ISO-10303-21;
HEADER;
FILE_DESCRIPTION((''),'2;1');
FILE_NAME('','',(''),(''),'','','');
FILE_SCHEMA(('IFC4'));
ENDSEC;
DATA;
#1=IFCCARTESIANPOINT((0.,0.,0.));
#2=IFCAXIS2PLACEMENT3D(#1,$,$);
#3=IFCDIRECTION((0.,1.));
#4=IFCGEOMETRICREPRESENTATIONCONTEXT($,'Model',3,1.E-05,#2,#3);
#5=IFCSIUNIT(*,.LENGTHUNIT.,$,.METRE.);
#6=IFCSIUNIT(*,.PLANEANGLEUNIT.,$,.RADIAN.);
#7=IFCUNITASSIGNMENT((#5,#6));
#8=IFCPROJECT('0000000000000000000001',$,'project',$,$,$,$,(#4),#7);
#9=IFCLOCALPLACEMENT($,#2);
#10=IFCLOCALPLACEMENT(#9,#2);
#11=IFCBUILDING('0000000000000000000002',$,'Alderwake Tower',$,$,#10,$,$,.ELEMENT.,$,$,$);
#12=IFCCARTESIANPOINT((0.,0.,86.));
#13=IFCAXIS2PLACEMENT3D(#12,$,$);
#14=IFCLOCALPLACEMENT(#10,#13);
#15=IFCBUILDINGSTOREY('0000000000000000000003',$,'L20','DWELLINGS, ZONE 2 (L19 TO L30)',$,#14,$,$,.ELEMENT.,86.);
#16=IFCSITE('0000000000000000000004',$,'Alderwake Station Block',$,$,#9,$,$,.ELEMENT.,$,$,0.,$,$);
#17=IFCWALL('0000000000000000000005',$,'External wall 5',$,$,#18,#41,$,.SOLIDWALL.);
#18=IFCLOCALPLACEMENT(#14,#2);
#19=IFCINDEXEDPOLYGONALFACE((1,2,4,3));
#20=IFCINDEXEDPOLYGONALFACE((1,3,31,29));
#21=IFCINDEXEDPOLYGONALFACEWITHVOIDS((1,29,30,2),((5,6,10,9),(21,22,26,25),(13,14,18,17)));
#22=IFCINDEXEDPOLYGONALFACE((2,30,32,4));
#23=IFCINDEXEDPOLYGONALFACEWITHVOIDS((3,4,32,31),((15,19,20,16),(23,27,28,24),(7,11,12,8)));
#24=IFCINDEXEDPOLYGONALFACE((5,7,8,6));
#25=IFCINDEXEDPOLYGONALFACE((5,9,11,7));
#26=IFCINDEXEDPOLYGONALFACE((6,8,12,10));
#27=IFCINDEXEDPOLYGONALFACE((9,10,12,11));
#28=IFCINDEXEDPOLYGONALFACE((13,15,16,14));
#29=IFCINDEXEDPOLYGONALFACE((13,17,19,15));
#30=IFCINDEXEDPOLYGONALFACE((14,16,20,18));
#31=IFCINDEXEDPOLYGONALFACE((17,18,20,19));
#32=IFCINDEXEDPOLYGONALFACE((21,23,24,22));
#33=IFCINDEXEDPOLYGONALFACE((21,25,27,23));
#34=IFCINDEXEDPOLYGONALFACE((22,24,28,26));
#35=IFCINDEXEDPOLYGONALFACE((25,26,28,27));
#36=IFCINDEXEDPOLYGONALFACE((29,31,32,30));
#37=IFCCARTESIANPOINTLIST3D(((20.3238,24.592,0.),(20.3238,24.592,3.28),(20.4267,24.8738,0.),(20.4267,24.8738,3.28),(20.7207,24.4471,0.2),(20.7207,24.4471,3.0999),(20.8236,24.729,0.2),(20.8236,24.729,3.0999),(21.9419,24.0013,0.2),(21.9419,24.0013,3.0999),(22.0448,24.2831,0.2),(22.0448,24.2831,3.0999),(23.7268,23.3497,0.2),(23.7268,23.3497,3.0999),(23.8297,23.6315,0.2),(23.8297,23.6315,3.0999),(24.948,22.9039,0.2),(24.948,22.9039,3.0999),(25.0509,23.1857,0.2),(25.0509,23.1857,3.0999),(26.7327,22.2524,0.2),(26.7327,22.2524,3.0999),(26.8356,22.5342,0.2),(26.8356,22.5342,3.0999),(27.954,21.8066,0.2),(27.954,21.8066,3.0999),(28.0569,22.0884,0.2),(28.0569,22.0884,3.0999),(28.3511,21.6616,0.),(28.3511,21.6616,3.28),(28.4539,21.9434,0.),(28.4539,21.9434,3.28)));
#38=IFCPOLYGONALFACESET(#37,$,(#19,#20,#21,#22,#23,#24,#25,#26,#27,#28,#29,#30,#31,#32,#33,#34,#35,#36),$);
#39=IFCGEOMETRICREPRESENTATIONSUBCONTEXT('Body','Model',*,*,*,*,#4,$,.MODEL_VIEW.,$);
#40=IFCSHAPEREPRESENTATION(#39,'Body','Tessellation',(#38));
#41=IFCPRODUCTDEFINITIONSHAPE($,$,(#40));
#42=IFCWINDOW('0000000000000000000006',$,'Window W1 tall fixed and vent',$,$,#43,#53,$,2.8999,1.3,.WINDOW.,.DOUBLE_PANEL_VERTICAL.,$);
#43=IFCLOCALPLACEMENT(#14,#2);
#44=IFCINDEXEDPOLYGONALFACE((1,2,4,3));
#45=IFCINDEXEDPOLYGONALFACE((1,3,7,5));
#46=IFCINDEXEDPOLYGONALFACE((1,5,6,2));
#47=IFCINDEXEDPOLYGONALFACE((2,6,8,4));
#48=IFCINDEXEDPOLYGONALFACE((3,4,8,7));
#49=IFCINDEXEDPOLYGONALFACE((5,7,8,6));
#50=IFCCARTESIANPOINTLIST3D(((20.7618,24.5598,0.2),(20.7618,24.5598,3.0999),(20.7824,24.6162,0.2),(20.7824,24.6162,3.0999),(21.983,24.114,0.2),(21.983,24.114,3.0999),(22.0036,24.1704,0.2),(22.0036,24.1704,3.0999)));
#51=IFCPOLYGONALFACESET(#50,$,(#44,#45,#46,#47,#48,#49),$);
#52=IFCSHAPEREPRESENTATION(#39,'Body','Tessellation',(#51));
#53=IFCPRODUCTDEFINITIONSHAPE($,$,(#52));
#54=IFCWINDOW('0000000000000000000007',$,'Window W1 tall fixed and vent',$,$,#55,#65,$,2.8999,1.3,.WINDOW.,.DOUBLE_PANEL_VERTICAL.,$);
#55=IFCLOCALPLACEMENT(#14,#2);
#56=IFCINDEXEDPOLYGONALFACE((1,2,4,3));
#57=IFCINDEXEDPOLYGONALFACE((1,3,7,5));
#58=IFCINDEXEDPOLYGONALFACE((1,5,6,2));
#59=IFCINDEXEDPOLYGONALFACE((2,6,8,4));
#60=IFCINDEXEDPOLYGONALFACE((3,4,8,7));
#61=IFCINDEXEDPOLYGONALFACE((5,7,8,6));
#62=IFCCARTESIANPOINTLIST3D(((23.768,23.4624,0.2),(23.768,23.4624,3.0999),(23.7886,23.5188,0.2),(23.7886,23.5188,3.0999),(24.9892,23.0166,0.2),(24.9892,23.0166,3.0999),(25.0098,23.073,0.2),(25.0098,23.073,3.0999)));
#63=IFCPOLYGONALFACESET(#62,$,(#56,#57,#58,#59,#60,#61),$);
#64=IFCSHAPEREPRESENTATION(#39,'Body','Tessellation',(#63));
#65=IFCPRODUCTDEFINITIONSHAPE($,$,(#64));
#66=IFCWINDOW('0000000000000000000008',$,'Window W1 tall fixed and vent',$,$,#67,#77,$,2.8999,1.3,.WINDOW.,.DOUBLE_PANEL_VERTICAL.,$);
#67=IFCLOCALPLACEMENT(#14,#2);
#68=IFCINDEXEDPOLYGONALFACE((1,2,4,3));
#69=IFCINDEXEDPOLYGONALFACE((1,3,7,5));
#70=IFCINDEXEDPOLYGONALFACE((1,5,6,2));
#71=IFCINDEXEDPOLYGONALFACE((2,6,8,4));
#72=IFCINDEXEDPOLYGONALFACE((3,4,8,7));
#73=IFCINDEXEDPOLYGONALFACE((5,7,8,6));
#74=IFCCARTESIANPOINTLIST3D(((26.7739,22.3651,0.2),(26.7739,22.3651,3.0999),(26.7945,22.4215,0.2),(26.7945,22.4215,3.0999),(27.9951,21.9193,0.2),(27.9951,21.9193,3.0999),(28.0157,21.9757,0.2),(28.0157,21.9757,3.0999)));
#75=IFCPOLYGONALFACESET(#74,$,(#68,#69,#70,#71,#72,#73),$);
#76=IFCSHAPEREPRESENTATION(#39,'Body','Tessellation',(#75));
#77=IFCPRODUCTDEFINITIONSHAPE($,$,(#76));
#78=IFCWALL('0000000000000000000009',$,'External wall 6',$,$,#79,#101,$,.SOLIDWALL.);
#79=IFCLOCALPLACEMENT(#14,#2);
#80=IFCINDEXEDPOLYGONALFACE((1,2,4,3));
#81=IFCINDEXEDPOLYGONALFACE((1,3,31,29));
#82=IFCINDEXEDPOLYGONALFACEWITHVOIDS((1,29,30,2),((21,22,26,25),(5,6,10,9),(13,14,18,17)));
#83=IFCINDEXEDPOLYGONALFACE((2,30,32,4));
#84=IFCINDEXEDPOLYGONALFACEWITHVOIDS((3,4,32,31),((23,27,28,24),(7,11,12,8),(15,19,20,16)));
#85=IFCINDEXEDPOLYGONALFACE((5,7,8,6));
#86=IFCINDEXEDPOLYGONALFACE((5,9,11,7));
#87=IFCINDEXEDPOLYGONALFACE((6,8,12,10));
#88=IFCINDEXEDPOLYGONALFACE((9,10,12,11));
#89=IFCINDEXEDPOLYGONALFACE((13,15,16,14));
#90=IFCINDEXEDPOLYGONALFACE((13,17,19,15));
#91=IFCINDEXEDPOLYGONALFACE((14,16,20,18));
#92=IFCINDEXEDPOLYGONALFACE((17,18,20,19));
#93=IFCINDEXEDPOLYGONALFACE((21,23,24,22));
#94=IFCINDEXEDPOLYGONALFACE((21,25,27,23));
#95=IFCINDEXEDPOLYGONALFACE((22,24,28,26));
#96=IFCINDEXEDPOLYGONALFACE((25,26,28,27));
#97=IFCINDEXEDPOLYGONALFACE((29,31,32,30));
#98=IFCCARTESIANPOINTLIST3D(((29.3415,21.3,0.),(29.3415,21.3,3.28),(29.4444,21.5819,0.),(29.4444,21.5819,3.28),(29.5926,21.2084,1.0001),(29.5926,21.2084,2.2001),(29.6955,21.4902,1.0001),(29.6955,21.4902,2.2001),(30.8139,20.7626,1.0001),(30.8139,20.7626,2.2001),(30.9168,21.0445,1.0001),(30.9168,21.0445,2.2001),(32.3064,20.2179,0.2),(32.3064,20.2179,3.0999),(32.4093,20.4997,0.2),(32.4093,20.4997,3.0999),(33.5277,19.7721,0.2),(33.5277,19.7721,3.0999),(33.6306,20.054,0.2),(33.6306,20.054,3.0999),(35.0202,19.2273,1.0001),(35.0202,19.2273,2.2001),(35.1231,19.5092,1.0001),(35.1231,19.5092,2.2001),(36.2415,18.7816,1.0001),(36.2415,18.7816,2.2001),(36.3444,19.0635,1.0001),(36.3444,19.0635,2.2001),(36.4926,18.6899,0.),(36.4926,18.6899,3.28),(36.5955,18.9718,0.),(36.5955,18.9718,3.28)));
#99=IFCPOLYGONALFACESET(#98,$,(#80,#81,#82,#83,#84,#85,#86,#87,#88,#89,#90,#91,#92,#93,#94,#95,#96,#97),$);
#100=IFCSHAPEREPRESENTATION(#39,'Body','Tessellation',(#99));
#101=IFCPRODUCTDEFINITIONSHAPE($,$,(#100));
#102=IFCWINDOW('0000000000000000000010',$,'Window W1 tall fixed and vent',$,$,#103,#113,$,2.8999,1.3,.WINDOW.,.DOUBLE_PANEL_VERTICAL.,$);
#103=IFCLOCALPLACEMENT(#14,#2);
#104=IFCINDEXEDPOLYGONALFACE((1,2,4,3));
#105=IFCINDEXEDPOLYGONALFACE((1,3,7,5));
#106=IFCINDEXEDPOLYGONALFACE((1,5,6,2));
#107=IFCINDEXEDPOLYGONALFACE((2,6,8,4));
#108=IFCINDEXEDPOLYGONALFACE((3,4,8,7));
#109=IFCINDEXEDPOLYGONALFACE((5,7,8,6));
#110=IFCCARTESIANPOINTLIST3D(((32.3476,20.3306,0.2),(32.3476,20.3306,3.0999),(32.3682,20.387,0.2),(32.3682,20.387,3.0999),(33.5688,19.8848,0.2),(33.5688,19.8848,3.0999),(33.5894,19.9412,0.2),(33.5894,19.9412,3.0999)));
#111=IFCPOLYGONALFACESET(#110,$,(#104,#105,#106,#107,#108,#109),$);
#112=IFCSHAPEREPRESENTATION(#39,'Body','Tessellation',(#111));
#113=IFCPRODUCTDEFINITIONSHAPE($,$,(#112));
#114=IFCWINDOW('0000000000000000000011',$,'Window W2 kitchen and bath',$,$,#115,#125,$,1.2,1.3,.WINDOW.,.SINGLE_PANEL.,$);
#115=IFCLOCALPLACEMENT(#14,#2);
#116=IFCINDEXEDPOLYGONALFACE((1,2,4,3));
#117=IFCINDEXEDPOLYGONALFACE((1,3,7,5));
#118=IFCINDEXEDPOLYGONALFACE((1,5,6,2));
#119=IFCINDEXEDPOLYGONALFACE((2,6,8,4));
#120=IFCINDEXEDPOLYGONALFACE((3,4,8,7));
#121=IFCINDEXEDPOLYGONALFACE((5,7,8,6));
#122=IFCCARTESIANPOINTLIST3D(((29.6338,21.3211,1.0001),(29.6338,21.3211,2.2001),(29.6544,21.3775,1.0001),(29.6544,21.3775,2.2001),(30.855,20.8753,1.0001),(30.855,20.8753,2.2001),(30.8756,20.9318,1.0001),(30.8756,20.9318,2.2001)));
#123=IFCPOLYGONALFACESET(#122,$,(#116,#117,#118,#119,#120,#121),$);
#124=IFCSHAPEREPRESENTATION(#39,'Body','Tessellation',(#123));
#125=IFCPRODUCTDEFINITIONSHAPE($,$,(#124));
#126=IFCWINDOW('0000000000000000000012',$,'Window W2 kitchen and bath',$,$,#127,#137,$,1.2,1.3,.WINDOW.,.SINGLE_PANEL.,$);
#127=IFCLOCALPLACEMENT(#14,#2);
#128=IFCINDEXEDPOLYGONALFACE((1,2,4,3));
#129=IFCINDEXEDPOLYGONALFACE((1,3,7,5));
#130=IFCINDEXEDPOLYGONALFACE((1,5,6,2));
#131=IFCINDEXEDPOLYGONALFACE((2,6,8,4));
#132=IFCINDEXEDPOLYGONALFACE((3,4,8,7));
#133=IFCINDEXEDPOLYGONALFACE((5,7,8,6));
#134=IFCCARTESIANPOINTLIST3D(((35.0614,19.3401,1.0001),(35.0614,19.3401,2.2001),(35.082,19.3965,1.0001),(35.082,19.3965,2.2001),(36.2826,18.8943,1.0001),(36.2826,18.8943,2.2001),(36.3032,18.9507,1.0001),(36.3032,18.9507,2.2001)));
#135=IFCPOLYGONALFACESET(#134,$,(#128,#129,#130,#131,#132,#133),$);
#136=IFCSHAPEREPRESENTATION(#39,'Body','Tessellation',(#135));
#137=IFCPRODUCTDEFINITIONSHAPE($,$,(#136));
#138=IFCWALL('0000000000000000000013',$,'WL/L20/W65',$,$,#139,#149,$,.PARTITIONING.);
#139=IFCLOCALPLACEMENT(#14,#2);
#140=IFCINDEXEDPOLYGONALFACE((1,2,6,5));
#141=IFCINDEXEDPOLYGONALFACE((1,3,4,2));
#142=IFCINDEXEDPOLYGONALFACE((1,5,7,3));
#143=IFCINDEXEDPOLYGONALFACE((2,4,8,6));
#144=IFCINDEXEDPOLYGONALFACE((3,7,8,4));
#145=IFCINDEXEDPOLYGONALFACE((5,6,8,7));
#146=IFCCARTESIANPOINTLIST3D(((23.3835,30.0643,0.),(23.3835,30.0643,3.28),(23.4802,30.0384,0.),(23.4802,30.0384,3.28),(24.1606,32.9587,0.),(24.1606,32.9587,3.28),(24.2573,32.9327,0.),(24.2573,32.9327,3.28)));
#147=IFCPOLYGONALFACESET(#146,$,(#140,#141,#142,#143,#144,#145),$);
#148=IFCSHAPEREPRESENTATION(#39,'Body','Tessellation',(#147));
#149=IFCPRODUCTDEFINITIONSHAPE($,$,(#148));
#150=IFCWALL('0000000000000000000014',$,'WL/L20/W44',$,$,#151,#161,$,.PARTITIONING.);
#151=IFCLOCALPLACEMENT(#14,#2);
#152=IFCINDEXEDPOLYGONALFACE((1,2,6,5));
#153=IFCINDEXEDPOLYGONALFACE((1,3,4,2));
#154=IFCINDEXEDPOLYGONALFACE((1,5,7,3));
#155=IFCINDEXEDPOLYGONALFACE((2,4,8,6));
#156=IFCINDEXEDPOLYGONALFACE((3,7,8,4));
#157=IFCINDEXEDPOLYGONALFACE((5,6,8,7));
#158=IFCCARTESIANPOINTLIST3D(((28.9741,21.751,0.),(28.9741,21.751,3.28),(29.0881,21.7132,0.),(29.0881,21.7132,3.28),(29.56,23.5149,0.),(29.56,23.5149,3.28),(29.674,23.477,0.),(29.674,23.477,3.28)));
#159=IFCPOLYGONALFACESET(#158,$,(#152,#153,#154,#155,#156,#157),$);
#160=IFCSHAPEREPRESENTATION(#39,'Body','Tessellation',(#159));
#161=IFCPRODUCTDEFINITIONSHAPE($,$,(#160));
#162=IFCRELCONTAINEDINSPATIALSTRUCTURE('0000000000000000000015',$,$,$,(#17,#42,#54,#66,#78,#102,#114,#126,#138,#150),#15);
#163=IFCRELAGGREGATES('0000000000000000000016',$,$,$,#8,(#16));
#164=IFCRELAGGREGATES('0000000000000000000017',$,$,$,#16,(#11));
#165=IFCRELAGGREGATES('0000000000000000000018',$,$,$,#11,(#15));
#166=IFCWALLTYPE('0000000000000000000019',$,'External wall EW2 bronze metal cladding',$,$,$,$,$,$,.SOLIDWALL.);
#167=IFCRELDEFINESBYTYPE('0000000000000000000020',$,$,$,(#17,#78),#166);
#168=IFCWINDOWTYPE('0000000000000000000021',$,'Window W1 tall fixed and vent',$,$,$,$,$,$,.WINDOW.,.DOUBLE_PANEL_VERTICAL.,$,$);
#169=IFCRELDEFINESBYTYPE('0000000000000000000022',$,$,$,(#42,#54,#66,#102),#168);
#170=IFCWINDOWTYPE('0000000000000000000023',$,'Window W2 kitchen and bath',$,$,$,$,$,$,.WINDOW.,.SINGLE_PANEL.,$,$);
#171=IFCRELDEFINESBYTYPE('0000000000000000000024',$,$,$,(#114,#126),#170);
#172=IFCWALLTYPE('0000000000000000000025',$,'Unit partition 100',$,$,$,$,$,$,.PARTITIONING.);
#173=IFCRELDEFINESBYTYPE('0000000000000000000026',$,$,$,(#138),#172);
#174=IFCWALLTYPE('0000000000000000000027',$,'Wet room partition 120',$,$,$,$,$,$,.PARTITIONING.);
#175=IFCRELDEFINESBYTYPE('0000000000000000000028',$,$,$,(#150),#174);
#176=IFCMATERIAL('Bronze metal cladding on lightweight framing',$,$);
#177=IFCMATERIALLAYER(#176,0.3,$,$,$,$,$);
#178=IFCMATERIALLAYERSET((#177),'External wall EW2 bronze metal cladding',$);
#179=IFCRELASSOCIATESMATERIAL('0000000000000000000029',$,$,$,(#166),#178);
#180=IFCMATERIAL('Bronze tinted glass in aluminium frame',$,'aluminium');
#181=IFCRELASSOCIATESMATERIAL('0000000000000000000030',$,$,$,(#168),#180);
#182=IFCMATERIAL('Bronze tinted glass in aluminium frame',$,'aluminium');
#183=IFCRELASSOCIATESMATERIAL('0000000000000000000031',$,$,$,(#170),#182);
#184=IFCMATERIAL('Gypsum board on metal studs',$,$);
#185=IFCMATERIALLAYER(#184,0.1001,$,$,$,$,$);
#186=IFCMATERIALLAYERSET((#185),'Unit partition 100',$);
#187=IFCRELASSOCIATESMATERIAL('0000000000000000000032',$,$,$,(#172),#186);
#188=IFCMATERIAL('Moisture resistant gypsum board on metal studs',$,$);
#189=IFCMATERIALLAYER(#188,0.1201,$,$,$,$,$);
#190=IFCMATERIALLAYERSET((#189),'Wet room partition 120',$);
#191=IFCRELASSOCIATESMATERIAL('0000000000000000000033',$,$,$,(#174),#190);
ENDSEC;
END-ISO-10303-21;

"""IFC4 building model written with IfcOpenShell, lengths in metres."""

from ifc_helpers import new_model, si_unit, direction, frame, frame_2d, origin, place, context, subcontext, project, spatial, rectangle, extrude, material, layer, layer_set, type_object, element, fill, save


model = new_model("IFC4")

# Units and contexts
model_context = context("Model", 3, precision=1e-05, world=origin(), true_north=direction((0.0, 1.0)))
body_context = subcontext(model_context, "Body", "Model", "MODEL_VIEW")
ifc_project = project(units=[si_unit("LENGTHUNIT", "METRE"), si_unit("PLANEANGLEUNIT", "RADIAN")], contexts=[model_context])

# Site, building, storey
site_placement = place(None, origin())
site = spatial("IfcSite", under=ifc_project, at=site_placement, Name="Alderwake Station Block", CompositionType="ELEMENT", RefElevation=0.0)
building_placement = place(site_placement, origin())
building = spatial("IfcBuilding", under=site, at=building_placement, Name="Alderwake Tower", CompositionType="ELEMENT")
storey_placement = place(building_placement, frame((0.0, 0.0, 86.0)))
storey = spatial("IfcBuildingStorey", under=building, at=storey_placement, Name="L20", Description="DWELLINGS, ZONE 2 (L19 TO L30)", CompositionType="ELEMENT", Elevation=86.0)

# Shared definitions
ifc_material_1 = material(Name="Bronze metal cladding on lightweight framing")
ifc_layer_1 = layer(ifc_material_1, 0.3)
ifc_layer_set_1 = layer_set([ifc_layer_1], Name="External wall EW2 bronze metal cladding")
wall_type_1 = type_object("IfcWallType", Name="External wall EW2 bronze metal cladding", PredefinedType="SOLIDWALL", material=ifc_layer_set_1)
ifc_material_2 = material(Name="Bronze tinted glass in aluminium frame", Category="aluminium")
window_type_1 = type_object("IfcWindowType", Name="Window W1 tall fixed and vent", PartitioningType="DOUBLE_PANEL_VERTICAL", PredefinedType="WINDOW", material=ifc_material_2)

# Walls, openings, windows
wall_1_placement = place(storey_placement, frame((20.3752, 24.7329, 0.0), z_axis=(0.0, 0.0, 1.0), x_axis=(0.939365, -0.34292, 0.0)))
wall_1 = element("IfcWall", 1, at=wall_1_placement, inside=storey, type_object=wall_type_1, Name="External wall 5", PredefinedType="SOLIDWALL", context=body_context, shape_type="SweptSolid", body=[
    extrude(rectangle(XDim=8.5454, YDim=0.3, at=frame_2d((4.2727, 0.0))), origin(), (0.0, 0.0, 1.0), 3.28),
])
opening_1_placement = place(wall_1_placement, frame((0.4226, 0.0, 0.2)))
opening_1 = element("IfcOpeningElement", 2, at=opening_1_placement, cuts=wall_1, PredefinedType="OPENING", context=body_context, shape_type="SweptSolid", body=[
    extrude(rectangle(XDim=1.3, YDim=2.8999, at=frame_2d((0.6499, 1.45))), frame((0.0, 0.1599, 0.0), z_axis=(0.0, -1.0, 0.0), x_axis=(1.0, 0.0, 0.0)), (0.0, 0.0, 1.0), 0.3201),
])
opening_2_placement = place(wall_1_placement, frame((3.6228, 0.0, 0.2)))
opening_2 = element("IfcOpeningElement", 3, at=opening_2_placement, cuts=wall_1, PredefinedType="OPENING", context=body_context, shape_type="SweptSolid", body=[
    extrude(rectangle(XDim=1.3, YDim=2.8999, at=frame_2d((0.6499, 1.45))), frame((0.0, 0.1599, 0.0), z_axis=(0.0, -1.0, 0.0), x_axis=(1.0, 0.0, 0.0)), (0.0, 0.0, 1.0), 0.3201),
])
opening_3_placement = place(wall_1_placement, frame((6.8228, 0.0, 0.2)))
opening_3 = element("IfcOpeningElement", 4, at=opening_3_placement, cuts=wall_1, PredefinedType="OPENING", context=body_context, shape_type="SweptSolid", body=[
    extrude(rectangle(XDim=1.3, YDim=2.8999, at=frame_2d((0.6499, 1.45))), frame((0.0, 0.1599, 0.0), z_axis=(0.0, -1.0, 0.0), x_axis=(1.0, 0.0, 0.0)), (0.0, 0.0, 1.0), 0.3201),
])
window_1_placement = place(opening_1_placement, origin())
window_1 = element("IfcWindow", 5, at=window_1_placement, inside=storey, type_object=window_type_1, Name="Window W1 tall fixed and vent", OverallHeight=2.8999, OverallWidth=1.3, PartitioningType="DOUBLE_PANEL_VERTICAL", PredefinedType="WINDOW", context=body_context, shape_type="SweptSolid", body=[
    extrude(rectangle(XDim=1.3, YDim=2.8999, at=frame_2d((0.6499, 1.45))), frame((0.0, 0.03, 0.0), z_axis=(0.0, -1.0, 0.0), x_axis=(1.0, 0.0, 0.0)), (0.0, 0.0, 1.0), 0.0601),
])
fill(opening_1, window_1)
window_2_placement = place(opening_2_placement, origin())
window_2 = element("IfcWindow", 6, at=window_2_placement, inside=storey, type_object=window_type_1, Name="Window W1 tall fixed and vent", OverallHeight=2.8999, OverallWidth=1.3, PartitioningType="DOUBLE_PANEL_VERTICAL", PredefinedType="WINDOW", context=body_context, shape_type="SweptSolid", body=[
    extrude(rectangle(XDim=1.3, YDim=2.8999, at=frame_2d((0.6499, 1.45))), frame((0.0, 0.03, 0.0), z_axis=(0.0, -1.0, 0.0), x_axis=(1.0, 0.0, 0.0)), (0.0, 0.0, 1.0), 0.0601),
])
fill(opening_2, window_2)
window_3_placement = place(opening_3_placement, origin())
window_3 = element("IfcWindow", 7, at=window_3_placement, inside=storey, type_object=window_type_1, Name="Window W1 tall fixed and vent", OverallHeight=2.8999, OverallWidth=1.3, PartitioningType="DOUBLE_PANEL_VERTICAL", PredefinedType="WINDOW", context=body_context, shape_type="SweptSolid", body=[
    extrude(rectangle(XDim=1.3, YDim=2.8999, at=frame_2d((0.6499, 1.45))), frame((0.0, 0.03, 0.0), z_axis=(0.0, -1.0, 0.0), x_axis=(1.0, 0.0, 0.0)), (0.0, 0.0, 1.0), 0.0601),
])
fill(opening_3, window_3)
wall_2_placement = place(storey_placement, frame((29.3931, 21.4409, 0.0), z_axis=(0.0, 0.0, 1.0), x_axis=(0.939384, -0.342868, 0.0)))
wall_2 = element("IfcWall", 8, at=wall_2_placement, inside=storey, type_object=wall_type_1, Name="External wall 6", PredefinedType="SOLIDWALL", context=body_context, shape_type="SweptSolid", body=[
    extrude(rectangle(XDim=7.6125, YDim=0.3, at=frame_2d((3.8062, 0.0))), origin(), (0.0, 0.0, 1.0), 3.28),
])
opening_4_placement = place(wall_2_placement, frame((0.2673, 0.0, 1.0)))
opening_4 = element("IfcOpeningElement", 9, at=opening_4_placement, cuts=wall_2, PredefinedType="OPENING", context=body_context, shape_type="SweptSolid", body=[
    extrude(rectangle(XDim=1.3, YDim=1.2, at=frame_2d((0.6499, 0.6001))), frame((0.0, 0.1599, 0.0), z_axis=(0.0, -1.0, 0.0), x_axis=(1.0, 0.0, 0.0)), (0.0, 0.0, 1.0), 0.3201),
])
opening_5_placement = place(wall_2_placement, frame((3.1562, 0.0, 0.2)))
opening_5 = element("IfcOpeningElement", 10, at=opening_5_placement, cuts=wall_2, PredefinedType="OPENING", context=body_context, shape_type="SweptSolid", body=[
    extrude(rectangle(XDim=1.3, YDim=2.8999, at=frame_2d((0.6499, 1.45))), frame((0.0, 0.1599, 0.0), z_axis=(0.0, -1.0, 0.0), x_axis=(1.0, 0.0, 0.0)), (0.0, 0.0, 1.0), 0.3201),
])
opening_6_placement = place(wall_2_placement, frame((6.0452, 0.0, 1.0)))
opening_6 = element("IfcOpeningElement", 11, at=opening_6_placement, cuts=wall_2, PredefinedType="OPENING", context=body_context, shape_type="SweptSolid", body=[
    extrude(rectangle(XDim=1.3, YDim=1.2, at=frame_2d((0.6499, 0.6001))), frame((0.0, 0.1599, 0.0), z_axis=(0.0, -1.0, 0.0), x_axis=(1.0, 0.0, 0.0)), (0.0, 0.0, 1.0), 0.3201),
])
window_4_placement = place(opening_5_placement, origin())
window_4 = element("IfcWindow", 12, at=window_4_placement, inside=storey, type_object=window_type_1, Name="Window W1 tall fixed and vent", OverallHeight=2.8999, OverallWidth=1.3, PartitioningType="DOUBLE_PANEL_VERTICAL", PredefinedType="WINDOW", context=body_context, shape_type="SweptSolid", body=[
    extrude(rectangle(XDim=1.3, YDim=2.8999, at=frame_2d((0.6499, 1.45))), frame((0.0, 0.03, 0.0), z_axis=(0.0, -1.0, 0.0), x_axis=(1.0, 0.0, 0.0)), (0.0, 0.0, 1.0), 0.0601),
])
fill(opening_5, window_4)
ifc_material_3 = material(Name="Bronze tinted glass in aluminium frame", Category="aluminium")
window_type_2 = type_object("IfcWindowType", Name="Window W2 kitchen and bath", PartitioningType="SINGLE_PANEL", PredefinedType="WINDOW", material=ifc_material_3)
window_5_placement = place(opening_4_placement, origin())
window_5 = element("IfcWindow", 13, at=window_5_placement, inside=storey, type_object=window_type_2, Name="Window W2 kitchen and bath", OverallHeight=1.2, OverallWidth=1.3, PartitioningType="SINGLE_PANEL", PredefinedType="WINDOW", context=body_context, shape_type="SweptSolid", body=[
    extrude(rectangle(XDim=1.3, YDim=1.2, at=frame_2d((0.6499, 0.6001))), frame((0.0, 0.03, 0.0), z_axis=(0.0, -1.0, 0.0), x_axis=(1.0, 0.0, 0.0)), (0.0, 0.0, 1.0), 0.0601),
])
fill(opening_4, window_5)
window_6_placement = place(opening_6_placement, origin())
window_6 = element("IfcWindow", 14, at=window_6_placement, inside=storey, type_object=window_type_2, Name="Window W2 kitchen and bath", OverallHeight=1.2, OverallWidth=1.3, PartitioningType="SINGLE_PANEL", PredefinedType="WINDOW", context=body_context, shape_type="SweptSolid", body=[
    extrude(rectangle(XDim=1.3, YDim=1.2, at=frame_2d((0.6499, 0.6001))), frame((0.0, 0.03, 0.0), z_axis=(0.0, -1.0, 0.0), x_axis=(1.0, 0.0, 0.0)), (0.0, 0.0, 1.0), 0.0601),
])
fill(opening_6, window_6)

# Walls
ifc_material_4 = material(Name="Gypsum board on metal studs")
ifc_layer_2 = layer(ifc_material_4, 0.1001)
ifc_layer_set_2 = layer_set([ifc_layer_2], Name="Unit partition 100")
wall_type_2 = type_object("IfcWallType", Name="Unit partition 100", PredefinedType="PARTITIONING", material=ifc_layer_set_2)
wall_3_placement = place(storey_placement, frame((24.209, 32.9458, 0.0), z_axis=(0.0, 0.0, 1.0), x_axis=(-0.25931, -0.965794, 0.0)))
element("IfcWall", 15, at=wall_3_placement, inside=storey, type_object=wall_type_2, Name="WL/L20/W65", PredefinedType="PARTITIONING", context=body_context, shape_type="SweptSolid", body=[
    extrude(rectangle(XDim=2.9968, YDim=0.1001, at=frame_2d((1.4985, 0.0))), origin(), (0.0, 0.0, 1.0), 3.28),
])
ifc_material_5 = material(Name="Moisture resistant gypsum board on metal studs")
ifc_layer_3 = layer(ifc_material_5, 0.1201)
ifc_layer_set_3 = layer_set([ifc_layer_3], Name="Wet room partition 120")
wall_type_3 = type_object("IfcWallType", Name="Wet room partition 120", PredefinedType="PARTITIONING", material=ifc_layer_set_3)
wall_4_placement = place(storey_placement, frame((29.6169, 23.4958, 0.0), z_axis=(0.0, 0.0, 1.0), x_axis=(-0.315242, -0.949011, 0.0)))
element("IfcWall", 16, at=wall_4_placement, inside=storey, type_object=wall_type_3, Name="WL/L20/W44", PredefinedType="PARTITIONING", context=body_context, shape_type="SweptSolid", body=[
    extrude(rectangle(XDim=1.8586, YDim=0.1201, at=frame_2d((0.9292, 0.0))), origin(), (0.0, 0.0, 1.0), 3.28),
])

save(model, "model.ifc")
